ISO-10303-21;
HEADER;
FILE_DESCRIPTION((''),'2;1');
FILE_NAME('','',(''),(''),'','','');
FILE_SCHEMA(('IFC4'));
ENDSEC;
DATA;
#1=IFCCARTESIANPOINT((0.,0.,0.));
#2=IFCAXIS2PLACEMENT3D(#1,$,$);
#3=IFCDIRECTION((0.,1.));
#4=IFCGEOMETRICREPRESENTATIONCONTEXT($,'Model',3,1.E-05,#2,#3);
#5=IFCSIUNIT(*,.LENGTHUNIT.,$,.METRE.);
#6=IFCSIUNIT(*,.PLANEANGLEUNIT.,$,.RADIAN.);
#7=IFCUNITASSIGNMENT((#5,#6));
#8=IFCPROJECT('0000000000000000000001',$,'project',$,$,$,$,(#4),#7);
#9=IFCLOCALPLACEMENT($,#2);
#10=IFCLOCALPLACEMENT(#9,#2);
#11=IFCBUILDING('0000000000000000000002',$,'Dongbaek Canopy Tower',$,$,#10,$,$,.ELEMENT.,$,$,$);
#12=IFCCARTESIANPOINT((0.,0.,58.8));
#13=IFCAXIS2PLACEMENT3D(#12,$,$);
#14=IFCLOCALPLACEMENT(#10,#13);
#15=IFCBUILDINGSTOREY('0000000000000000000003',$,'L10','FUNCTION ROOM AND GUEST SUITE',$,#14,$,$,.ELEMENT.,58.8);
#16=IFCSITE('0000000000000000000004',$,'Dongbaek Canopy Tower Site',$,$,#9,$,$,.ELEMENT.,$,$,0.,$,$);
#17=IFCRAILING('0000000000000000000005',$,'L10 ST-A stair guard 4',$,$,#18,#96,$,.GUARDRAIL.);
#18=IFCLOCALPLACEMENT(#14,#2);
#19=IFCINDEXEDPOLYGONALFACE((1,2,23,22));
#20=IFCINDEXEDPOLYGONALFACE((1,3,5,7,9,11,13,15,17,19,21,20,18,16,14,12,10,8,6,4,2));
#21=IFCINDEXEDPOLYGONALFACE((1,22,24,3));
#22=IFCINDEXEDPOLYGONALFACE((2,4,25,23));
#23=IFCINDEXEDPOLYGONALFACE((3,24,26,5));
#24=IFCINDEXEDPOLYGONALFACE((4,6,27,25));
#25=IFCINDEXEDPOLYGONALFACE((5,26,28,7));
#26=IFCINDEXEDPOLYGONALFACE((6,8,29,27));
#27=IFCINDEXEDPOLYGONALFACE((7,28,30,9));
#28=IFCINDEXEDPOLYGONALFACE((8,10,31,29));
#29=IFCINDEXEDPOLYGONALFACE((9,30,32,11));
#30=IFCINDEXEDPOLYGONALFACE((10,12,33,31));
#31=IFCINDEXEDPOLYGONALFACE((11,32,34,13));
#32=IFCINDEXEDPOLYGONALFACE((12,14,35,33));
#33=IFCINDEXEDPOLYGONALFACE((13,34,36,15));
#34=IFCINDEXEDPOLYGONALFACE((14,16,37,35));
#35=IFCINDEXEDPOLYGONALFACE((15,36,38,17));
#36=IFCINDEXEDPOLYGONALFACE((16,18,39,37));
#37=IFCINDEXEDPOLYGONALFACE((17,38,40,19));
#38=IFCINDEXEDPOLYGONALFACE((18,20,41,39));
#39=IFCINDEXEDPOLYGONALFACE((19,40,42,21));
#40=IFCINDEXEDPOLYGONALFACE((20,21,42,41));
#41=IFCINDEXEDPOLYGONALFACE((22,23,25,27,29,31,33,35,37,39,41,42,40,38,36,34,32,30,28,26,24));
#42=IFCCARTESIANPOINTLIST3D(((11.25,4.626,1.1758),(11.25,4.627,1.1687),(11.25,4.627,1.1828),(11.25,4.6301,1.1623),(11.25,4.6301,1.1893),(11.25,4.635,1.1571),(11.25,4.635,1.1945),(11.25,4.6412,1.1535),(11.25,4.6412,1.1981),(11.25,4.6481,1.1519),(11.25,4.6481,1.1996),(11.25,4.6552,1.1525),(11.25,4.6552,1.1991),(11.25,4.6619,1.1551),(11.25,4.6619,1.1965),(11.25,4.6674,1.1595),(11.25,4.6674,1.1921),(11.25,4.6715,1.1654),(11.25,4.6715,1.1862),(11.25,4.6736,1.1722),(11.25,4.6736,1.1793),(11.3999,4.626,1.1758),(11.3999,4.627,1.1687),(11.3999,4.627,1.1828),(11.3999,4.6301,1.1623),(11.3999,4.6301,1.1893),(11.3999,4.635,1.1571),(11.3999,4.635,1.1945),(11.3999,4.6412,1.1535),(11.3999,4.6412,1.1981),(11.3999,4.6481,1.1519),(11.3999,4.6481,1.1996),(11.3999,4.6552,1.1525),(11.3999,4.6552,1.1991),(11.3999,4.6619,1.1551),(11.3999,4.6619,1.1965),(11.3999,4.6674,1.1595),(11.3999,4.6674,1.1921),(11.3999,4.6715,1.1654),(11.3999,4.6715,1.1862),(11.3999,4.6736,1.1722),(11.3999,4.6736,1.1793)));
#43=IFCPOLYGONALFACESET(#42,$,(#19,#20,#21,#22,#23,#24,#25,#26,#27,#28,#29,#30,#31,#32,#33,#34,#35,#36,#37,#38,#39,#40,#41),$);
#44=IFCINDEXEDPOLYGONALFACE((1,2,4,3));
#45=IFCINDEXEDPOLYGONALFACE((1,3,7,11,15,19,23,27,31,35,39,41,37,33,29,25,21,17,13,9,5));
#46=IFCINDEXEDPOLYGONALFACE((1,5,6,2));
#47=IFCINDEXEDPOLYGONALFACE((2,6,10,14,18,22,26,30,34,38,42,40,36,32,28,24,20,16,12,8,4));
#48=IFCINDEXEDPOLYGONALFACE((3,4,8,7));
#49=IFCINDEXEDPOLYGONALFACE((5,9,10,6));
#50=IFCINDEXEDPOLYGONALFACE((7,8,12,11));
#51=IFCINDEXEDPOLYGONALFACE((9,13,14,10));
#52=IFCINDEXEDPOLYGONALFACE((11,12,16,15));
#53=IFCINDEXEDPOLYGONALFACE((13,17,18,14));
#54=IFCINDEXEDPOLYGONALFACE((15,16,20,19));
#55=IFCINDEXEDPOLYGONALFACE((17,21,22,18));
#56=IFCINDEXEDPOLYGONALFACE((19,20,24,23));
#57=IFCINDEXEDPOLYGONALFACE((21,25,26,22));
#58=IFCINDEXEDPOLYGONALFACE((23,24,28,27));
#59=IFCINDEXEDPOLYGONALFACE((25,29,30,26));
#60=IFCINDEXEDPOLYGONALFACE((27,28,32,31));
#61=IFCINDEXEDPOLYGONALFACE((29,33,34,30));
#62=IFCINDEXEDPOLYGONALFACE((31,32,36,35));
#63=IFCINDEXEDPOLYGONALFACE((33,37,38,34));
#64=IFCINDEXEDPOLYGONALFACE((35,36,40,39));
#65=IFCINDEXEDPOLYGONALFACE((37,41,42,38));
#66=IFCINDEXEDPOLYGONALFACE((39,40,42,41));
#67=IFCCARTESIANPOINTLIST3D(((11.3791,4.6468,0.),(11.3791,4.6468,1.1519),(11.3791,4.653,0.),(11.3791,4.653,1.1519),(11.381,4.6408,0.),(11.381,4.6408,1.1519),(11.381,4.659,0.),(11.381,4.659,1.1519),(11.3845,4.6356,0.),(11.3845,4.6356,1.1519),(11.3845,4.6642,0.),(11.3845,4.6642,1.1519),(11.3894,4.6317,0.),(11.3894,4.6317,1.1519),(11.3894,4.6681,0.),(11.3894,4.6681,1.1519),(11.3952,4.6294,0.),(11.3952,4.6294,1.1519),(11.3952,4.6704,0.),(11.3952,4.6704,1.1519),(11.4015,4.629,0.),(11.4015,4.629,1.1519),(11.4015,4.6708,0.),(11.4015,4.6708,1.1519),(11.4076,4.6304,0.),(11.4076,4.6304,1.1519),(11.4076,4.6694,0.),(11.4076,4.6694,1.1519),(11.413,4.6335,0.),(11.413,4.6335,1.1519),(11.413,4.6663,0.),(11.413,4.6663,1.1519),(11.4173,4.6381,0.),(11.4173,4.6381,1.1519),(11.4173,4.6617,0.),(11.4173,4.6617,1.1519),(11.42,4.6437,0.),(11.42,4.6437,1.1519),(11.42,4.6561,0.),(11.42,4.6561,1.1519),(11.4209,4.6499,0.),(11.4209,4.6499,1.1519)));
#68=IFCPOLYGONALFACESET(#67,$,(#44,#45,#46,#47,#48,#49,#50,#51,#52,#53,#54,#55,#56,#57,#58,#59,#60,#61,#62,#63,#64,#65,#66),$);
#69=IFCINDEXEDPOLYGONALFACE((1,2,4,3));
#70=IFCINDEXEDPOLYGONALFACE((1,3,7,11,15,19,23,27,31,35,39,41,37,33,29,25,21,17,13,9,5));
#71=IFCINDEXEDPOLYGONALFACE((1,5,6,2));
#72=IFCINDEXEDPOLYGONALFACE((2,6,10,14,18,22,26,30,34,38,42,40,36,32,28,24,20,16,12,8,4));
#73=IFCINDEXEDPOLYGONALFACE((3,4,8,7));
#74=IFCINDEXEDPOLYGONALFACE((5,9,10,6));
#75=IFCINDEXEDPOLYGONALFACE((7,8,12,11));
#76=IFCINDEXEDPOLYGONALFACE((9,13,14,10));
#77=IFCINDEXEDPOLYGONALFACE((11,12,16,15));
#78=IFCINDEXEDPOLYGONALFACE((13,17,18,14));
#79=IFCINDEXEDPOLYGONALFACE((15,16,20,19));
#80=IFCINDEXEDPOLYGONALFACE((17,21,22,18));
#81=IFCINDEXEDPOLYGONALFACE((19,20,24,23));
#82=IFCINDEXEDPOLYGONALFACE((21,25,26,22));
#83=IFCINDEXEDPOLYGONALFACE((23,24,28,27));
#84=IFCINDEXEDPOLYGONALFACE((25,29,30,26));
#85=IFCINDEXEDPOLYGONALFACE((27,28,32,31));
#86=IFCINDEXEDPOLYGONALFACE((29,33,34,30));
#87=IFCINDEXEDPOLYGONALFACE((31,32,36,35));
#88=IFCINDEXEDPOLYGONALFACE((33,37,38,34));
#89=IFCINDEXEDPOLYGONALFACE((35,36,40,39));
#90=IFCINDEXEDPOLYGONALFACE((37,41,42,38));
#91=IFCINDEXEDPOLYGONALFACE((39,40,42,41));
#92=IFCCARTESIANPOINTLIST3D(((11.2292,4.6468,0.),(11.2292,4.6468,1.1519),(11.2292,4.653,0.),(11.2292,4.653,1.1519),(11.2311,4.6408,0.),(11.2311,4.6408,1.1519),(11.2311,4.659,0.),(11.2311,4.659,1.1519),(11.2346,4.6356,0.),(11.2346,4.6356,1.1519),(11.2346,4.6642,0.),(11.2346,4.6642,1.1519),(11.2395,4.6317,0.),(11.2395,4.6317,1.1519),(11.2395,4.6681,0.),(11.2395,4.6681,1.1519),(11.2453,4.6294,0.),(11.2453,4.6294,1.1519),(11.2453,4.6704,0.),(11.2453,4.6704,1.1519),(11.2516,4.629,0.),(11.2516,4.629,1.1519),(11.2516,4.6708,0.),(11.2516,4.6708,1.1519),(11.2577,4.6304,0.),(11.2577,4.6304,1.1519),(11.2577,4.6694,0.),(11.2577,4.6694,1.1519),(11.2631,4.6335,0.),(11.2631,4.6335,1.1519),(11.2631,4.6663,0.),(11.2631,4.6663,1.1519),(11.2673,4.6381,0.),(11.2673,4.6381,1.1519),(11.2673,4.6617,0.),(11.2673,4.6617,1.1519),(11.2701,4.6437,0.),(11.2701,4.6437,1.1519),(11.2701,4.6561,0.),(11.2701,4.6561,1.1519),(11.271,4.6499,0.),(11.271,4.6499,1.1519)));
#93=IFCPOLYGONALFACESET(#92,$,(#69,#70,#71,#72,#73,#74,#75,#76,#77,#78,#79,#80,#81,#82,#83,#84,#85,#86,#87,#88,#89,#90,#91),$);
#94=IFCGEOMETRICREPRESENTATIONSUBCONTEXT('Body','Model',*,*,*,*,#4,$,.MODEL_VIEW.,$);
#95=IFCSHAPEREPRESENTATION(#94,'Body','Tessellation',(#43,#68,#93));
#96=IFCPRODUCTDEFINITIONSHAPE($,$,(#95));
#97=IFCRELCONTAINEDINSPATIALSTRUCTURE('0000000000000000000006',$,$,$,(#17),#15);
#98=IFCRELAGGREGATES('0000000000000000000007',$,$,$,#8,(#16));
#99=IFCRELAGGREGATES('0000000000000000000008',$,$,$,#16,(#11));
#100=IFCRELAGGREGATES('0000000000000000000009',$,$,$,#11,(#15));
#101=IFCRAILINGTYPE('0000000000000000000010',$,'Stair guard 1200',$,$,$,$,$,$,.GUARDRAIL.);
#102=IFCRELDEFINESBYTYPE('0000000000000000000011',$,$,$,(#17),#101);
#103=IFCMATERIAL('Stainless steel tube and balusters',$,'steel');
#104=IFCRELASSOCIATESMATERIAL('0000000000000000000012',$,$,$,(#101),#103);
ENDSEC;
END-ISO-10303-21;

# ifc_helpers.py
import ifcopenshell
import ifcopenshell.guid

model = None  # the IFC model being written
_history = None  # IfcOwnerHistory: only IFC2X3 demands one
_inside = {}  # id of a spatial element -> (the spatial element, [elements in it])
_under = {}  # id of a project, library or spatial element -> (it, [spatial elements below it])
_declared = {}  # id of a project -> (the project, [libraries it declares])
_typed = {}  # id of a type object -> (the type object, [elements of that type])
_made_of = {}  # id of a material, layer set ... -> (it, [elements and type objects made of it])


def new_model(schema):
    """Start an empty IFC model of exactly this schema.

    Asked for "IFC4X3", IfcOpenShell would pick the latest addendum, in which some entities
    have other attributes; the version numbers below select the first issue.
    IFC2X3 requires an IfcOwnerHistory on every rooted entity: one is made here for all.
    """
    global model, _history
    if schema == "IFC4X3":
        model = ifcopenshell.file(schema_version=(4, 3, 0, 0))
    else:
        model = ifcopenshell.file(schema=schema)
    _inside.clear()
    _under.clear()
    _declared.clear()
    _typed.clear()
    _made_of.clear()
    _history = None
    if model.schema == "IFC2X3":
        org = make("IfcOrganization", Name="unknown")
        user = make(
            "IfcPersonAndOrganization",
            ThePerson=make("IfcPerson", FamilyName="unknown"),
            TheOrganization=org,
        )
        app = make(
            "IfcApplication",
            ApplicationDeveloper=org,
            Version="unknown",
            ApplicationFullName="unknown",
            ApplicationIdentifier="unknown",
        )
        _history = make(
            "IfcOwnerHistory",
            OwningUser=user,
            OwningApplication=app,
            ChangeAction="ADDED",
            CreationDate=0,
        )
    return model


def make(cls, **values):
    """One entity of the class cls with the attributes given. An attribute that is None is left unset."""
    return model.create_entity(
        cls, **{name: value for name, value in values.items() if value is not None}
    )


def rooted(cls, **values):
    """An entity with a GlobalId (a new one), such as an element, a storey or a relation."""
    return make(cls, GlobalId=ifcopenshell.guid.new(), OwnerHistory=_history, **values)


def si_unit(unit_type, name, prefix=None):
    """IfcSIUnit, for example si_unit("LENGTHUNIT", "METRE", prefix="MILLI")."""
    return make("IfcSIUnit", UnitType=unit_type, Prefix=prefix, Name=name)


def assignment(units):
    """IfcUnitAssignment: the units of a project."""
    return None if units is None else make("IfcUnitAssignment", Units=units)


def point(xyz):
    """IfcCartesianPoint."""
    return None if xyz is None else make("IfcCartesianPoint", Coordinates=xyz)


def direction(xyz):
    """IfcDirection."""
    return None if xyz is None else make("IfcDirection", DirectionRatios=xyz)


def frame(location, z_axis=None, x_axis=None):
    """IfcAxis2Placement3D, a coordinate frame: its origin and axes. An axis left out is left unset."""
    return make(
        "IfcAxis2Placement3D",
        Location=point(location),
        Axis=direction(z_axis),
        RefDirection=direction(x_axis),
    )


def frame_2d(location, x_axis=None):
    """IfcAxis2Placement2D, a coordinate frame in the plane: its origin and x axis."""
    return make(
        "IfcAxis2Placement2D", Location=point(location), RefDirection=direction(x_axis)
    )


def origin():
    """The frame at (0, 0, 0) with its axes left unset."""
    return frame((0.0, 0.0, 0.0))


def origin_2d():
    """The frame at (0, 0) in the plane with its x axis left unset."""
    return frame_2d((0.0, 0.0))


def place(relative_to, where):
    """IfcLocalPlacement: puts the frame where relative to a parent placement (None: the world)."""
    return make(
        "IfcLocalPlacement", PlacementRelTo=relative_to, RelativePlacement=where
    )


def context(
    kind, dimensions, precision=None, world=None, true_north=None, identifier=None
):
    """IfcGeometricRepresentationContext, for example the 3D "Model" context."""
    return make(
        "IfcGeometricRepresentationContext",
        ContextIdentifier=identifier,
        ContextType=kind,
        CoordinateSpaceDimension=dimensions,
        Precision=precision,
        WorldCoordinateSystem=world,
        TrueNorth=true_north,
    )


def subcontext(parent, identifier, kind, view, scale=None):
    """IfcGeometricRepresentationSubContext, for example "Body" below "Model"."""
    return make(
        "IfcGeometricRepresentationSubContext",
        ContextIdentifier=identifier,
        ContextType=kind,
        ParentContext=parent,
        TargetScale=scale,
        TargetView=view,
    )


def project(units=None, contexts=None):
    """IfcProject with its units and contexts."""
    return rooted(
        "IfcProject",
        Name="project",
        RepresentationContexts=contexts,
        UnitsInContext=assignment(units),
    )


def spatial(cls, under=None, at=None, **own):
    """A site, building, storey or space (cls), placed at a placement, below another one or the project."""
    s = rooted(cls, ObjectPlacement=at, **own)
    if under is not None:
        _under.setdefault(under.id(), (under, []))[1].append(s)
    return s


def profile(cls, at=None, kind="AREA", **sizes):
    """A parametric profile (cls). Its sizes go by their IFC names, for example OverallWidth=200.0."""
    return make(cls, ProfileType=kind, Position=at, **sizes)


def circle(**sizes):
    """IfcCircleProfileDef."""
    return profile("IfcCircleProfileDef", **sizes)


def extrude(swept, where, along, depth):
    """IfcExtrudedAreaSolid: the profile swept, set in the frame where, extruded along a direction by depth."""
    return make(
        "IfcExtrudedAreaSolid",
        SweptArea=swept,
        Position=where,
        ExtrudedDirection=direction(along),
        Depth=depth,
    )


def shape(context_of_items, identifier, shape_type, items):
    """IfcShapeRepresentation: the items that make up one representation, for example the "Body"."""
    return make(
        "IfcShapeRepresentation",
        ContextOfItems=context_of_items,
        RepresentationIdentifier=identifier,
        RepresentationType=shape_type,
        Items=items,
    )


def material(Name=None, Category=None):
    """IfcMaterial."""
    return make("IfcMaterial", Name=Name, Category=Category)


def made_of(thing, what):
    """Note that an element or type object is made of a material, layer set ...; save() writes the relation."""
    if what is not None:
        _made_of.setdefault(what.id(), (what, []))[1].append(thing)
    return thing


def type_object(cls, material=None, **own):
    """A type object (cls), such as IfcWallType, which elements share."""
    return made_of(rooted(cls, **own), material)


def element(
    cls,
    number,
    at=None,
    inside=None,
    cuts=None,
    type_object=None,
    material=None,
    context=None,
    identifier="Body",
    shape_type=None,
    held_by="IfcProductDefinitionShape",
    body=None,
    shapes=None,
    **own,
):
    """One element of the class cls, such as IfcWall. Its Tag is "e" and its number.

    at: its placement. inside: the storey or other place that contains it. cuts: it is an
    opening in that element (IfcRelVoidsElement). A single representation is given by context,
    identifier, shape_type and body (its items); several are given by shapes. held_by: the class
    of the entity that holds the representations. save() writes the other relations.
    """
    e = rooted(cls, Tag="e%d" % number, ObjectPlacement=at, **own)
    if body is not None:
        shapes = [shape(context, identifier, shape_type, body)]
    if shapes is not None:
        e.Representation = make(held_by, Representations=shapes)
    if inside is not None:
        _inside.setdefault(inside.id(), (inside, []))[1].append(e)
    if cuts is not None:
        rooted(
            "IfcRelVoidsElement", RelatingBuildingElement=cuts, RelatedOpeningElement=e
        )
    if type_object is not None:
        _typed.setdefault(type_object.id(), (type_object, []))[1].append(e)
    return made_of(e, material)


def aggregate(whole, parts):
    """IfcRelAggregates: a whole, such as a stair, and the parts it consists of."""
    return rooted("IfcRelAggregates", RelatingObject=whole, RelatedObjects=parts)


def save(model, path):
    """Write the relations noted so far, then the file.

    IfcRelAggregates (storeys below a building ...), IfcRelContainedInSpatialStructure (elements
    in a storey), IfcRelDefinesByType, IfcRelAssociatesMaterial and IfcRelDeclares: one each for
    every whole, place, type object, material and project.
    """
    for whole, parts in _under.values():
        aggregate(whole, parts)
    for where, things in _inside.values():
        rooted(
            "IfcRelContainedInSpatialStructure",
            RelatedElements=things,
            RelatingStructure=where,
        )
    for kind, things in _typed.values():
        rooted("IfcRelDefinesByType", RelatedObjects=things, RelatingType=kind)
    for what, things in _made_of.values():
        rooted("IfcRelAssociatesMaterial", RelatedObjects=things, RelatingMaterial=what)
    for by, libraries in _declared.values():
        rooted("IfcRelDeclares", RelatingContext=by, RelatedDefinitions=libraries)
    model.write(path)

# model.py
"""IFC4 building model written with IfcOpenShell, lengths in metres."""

from ifc_helpers import new_model, si_unit, direction, frame, origin, origin_2d, place, context, subcontext, project, spatial, circle, extrude, material, type_object, element, save


model = new_model("IFC4")

# Units and contexts
model_context = context("Model", 3, precision=1e-05, world=origin(), true_north=direction((0.0, 1.0)))
body_context = subcontext(model_context, "Body", "Model", "MODEL_VIEW")
ifc_project = project(units=[si_unit("LENGTHUNIT", "METRE"), si_unit("PLANEANGLEUNIT", "RADIAN")], contexts=[model_context])

# Site, building, storey
site_placement = place(None, origin())
site = spatial("IfcSite", under=ifc_project, at=site_placement, Name="Dongbaek Canopy Tower Site", CompositionType="ELEMENT", RefElevation=0.0)
building_placement = place(site_placement, origin())
building = spatial("IfcBuilding", under=site, at=building_placement, Name="Dongbaek Canopy Tower", CompositionType="ELEMENT")
storey_placement = place(building_placement, frame((0.0, 0.0, 58.8)))
storey = spatial("IfcBuildingStorey", under=building, at=storey_placement, Name="L10", Description="FUNCTION ROOM AND GUEST SUITE", CompositionType="ELEMENT", Elevation=58.8)

# Railing
ifc_material_1 = material(Name="Stainless steel tube and balusters", Category="steel")
railing_type_1 = type_object("IfcRailingType", Name="Stair guard 1200", PredefinedType="GUARDRAIL", material=ifc_material_1)
railing_1_placement = place(storey_placement, frame((11.3999, 4.6499, 0.0)))
element("IfcRailing", 1, at=railing_1_placement, inside=storey, type_object=railing_type_1, Name="L10 ST-A stair guard 4", PredefinedType="GUARDRAIL", context=body_context, shape_type="SweptSolid", body=[
    extrude(circle(Radius=0.0239, at=origin_2d()), frame((0.0, 0.0, 1.1758), z_axis=(-1.0, 0.0, 0.0), x_axis=(0.0, -1.0, 0.0)), (0.0, 0.0, 1.0), 0.1499),
    extrude(circle(Radius=0.021, at=origin_2d()), origin(), (0.0, 0.0, 1.0), 1.1519),
    extrude(circle(Radius=0.021, at=origin_2d()), frame((-0.1499, 0.0, 0.0)), (0.0, 0.0, 1.0), 1.1519),
])

save(model, "model.ifc")
